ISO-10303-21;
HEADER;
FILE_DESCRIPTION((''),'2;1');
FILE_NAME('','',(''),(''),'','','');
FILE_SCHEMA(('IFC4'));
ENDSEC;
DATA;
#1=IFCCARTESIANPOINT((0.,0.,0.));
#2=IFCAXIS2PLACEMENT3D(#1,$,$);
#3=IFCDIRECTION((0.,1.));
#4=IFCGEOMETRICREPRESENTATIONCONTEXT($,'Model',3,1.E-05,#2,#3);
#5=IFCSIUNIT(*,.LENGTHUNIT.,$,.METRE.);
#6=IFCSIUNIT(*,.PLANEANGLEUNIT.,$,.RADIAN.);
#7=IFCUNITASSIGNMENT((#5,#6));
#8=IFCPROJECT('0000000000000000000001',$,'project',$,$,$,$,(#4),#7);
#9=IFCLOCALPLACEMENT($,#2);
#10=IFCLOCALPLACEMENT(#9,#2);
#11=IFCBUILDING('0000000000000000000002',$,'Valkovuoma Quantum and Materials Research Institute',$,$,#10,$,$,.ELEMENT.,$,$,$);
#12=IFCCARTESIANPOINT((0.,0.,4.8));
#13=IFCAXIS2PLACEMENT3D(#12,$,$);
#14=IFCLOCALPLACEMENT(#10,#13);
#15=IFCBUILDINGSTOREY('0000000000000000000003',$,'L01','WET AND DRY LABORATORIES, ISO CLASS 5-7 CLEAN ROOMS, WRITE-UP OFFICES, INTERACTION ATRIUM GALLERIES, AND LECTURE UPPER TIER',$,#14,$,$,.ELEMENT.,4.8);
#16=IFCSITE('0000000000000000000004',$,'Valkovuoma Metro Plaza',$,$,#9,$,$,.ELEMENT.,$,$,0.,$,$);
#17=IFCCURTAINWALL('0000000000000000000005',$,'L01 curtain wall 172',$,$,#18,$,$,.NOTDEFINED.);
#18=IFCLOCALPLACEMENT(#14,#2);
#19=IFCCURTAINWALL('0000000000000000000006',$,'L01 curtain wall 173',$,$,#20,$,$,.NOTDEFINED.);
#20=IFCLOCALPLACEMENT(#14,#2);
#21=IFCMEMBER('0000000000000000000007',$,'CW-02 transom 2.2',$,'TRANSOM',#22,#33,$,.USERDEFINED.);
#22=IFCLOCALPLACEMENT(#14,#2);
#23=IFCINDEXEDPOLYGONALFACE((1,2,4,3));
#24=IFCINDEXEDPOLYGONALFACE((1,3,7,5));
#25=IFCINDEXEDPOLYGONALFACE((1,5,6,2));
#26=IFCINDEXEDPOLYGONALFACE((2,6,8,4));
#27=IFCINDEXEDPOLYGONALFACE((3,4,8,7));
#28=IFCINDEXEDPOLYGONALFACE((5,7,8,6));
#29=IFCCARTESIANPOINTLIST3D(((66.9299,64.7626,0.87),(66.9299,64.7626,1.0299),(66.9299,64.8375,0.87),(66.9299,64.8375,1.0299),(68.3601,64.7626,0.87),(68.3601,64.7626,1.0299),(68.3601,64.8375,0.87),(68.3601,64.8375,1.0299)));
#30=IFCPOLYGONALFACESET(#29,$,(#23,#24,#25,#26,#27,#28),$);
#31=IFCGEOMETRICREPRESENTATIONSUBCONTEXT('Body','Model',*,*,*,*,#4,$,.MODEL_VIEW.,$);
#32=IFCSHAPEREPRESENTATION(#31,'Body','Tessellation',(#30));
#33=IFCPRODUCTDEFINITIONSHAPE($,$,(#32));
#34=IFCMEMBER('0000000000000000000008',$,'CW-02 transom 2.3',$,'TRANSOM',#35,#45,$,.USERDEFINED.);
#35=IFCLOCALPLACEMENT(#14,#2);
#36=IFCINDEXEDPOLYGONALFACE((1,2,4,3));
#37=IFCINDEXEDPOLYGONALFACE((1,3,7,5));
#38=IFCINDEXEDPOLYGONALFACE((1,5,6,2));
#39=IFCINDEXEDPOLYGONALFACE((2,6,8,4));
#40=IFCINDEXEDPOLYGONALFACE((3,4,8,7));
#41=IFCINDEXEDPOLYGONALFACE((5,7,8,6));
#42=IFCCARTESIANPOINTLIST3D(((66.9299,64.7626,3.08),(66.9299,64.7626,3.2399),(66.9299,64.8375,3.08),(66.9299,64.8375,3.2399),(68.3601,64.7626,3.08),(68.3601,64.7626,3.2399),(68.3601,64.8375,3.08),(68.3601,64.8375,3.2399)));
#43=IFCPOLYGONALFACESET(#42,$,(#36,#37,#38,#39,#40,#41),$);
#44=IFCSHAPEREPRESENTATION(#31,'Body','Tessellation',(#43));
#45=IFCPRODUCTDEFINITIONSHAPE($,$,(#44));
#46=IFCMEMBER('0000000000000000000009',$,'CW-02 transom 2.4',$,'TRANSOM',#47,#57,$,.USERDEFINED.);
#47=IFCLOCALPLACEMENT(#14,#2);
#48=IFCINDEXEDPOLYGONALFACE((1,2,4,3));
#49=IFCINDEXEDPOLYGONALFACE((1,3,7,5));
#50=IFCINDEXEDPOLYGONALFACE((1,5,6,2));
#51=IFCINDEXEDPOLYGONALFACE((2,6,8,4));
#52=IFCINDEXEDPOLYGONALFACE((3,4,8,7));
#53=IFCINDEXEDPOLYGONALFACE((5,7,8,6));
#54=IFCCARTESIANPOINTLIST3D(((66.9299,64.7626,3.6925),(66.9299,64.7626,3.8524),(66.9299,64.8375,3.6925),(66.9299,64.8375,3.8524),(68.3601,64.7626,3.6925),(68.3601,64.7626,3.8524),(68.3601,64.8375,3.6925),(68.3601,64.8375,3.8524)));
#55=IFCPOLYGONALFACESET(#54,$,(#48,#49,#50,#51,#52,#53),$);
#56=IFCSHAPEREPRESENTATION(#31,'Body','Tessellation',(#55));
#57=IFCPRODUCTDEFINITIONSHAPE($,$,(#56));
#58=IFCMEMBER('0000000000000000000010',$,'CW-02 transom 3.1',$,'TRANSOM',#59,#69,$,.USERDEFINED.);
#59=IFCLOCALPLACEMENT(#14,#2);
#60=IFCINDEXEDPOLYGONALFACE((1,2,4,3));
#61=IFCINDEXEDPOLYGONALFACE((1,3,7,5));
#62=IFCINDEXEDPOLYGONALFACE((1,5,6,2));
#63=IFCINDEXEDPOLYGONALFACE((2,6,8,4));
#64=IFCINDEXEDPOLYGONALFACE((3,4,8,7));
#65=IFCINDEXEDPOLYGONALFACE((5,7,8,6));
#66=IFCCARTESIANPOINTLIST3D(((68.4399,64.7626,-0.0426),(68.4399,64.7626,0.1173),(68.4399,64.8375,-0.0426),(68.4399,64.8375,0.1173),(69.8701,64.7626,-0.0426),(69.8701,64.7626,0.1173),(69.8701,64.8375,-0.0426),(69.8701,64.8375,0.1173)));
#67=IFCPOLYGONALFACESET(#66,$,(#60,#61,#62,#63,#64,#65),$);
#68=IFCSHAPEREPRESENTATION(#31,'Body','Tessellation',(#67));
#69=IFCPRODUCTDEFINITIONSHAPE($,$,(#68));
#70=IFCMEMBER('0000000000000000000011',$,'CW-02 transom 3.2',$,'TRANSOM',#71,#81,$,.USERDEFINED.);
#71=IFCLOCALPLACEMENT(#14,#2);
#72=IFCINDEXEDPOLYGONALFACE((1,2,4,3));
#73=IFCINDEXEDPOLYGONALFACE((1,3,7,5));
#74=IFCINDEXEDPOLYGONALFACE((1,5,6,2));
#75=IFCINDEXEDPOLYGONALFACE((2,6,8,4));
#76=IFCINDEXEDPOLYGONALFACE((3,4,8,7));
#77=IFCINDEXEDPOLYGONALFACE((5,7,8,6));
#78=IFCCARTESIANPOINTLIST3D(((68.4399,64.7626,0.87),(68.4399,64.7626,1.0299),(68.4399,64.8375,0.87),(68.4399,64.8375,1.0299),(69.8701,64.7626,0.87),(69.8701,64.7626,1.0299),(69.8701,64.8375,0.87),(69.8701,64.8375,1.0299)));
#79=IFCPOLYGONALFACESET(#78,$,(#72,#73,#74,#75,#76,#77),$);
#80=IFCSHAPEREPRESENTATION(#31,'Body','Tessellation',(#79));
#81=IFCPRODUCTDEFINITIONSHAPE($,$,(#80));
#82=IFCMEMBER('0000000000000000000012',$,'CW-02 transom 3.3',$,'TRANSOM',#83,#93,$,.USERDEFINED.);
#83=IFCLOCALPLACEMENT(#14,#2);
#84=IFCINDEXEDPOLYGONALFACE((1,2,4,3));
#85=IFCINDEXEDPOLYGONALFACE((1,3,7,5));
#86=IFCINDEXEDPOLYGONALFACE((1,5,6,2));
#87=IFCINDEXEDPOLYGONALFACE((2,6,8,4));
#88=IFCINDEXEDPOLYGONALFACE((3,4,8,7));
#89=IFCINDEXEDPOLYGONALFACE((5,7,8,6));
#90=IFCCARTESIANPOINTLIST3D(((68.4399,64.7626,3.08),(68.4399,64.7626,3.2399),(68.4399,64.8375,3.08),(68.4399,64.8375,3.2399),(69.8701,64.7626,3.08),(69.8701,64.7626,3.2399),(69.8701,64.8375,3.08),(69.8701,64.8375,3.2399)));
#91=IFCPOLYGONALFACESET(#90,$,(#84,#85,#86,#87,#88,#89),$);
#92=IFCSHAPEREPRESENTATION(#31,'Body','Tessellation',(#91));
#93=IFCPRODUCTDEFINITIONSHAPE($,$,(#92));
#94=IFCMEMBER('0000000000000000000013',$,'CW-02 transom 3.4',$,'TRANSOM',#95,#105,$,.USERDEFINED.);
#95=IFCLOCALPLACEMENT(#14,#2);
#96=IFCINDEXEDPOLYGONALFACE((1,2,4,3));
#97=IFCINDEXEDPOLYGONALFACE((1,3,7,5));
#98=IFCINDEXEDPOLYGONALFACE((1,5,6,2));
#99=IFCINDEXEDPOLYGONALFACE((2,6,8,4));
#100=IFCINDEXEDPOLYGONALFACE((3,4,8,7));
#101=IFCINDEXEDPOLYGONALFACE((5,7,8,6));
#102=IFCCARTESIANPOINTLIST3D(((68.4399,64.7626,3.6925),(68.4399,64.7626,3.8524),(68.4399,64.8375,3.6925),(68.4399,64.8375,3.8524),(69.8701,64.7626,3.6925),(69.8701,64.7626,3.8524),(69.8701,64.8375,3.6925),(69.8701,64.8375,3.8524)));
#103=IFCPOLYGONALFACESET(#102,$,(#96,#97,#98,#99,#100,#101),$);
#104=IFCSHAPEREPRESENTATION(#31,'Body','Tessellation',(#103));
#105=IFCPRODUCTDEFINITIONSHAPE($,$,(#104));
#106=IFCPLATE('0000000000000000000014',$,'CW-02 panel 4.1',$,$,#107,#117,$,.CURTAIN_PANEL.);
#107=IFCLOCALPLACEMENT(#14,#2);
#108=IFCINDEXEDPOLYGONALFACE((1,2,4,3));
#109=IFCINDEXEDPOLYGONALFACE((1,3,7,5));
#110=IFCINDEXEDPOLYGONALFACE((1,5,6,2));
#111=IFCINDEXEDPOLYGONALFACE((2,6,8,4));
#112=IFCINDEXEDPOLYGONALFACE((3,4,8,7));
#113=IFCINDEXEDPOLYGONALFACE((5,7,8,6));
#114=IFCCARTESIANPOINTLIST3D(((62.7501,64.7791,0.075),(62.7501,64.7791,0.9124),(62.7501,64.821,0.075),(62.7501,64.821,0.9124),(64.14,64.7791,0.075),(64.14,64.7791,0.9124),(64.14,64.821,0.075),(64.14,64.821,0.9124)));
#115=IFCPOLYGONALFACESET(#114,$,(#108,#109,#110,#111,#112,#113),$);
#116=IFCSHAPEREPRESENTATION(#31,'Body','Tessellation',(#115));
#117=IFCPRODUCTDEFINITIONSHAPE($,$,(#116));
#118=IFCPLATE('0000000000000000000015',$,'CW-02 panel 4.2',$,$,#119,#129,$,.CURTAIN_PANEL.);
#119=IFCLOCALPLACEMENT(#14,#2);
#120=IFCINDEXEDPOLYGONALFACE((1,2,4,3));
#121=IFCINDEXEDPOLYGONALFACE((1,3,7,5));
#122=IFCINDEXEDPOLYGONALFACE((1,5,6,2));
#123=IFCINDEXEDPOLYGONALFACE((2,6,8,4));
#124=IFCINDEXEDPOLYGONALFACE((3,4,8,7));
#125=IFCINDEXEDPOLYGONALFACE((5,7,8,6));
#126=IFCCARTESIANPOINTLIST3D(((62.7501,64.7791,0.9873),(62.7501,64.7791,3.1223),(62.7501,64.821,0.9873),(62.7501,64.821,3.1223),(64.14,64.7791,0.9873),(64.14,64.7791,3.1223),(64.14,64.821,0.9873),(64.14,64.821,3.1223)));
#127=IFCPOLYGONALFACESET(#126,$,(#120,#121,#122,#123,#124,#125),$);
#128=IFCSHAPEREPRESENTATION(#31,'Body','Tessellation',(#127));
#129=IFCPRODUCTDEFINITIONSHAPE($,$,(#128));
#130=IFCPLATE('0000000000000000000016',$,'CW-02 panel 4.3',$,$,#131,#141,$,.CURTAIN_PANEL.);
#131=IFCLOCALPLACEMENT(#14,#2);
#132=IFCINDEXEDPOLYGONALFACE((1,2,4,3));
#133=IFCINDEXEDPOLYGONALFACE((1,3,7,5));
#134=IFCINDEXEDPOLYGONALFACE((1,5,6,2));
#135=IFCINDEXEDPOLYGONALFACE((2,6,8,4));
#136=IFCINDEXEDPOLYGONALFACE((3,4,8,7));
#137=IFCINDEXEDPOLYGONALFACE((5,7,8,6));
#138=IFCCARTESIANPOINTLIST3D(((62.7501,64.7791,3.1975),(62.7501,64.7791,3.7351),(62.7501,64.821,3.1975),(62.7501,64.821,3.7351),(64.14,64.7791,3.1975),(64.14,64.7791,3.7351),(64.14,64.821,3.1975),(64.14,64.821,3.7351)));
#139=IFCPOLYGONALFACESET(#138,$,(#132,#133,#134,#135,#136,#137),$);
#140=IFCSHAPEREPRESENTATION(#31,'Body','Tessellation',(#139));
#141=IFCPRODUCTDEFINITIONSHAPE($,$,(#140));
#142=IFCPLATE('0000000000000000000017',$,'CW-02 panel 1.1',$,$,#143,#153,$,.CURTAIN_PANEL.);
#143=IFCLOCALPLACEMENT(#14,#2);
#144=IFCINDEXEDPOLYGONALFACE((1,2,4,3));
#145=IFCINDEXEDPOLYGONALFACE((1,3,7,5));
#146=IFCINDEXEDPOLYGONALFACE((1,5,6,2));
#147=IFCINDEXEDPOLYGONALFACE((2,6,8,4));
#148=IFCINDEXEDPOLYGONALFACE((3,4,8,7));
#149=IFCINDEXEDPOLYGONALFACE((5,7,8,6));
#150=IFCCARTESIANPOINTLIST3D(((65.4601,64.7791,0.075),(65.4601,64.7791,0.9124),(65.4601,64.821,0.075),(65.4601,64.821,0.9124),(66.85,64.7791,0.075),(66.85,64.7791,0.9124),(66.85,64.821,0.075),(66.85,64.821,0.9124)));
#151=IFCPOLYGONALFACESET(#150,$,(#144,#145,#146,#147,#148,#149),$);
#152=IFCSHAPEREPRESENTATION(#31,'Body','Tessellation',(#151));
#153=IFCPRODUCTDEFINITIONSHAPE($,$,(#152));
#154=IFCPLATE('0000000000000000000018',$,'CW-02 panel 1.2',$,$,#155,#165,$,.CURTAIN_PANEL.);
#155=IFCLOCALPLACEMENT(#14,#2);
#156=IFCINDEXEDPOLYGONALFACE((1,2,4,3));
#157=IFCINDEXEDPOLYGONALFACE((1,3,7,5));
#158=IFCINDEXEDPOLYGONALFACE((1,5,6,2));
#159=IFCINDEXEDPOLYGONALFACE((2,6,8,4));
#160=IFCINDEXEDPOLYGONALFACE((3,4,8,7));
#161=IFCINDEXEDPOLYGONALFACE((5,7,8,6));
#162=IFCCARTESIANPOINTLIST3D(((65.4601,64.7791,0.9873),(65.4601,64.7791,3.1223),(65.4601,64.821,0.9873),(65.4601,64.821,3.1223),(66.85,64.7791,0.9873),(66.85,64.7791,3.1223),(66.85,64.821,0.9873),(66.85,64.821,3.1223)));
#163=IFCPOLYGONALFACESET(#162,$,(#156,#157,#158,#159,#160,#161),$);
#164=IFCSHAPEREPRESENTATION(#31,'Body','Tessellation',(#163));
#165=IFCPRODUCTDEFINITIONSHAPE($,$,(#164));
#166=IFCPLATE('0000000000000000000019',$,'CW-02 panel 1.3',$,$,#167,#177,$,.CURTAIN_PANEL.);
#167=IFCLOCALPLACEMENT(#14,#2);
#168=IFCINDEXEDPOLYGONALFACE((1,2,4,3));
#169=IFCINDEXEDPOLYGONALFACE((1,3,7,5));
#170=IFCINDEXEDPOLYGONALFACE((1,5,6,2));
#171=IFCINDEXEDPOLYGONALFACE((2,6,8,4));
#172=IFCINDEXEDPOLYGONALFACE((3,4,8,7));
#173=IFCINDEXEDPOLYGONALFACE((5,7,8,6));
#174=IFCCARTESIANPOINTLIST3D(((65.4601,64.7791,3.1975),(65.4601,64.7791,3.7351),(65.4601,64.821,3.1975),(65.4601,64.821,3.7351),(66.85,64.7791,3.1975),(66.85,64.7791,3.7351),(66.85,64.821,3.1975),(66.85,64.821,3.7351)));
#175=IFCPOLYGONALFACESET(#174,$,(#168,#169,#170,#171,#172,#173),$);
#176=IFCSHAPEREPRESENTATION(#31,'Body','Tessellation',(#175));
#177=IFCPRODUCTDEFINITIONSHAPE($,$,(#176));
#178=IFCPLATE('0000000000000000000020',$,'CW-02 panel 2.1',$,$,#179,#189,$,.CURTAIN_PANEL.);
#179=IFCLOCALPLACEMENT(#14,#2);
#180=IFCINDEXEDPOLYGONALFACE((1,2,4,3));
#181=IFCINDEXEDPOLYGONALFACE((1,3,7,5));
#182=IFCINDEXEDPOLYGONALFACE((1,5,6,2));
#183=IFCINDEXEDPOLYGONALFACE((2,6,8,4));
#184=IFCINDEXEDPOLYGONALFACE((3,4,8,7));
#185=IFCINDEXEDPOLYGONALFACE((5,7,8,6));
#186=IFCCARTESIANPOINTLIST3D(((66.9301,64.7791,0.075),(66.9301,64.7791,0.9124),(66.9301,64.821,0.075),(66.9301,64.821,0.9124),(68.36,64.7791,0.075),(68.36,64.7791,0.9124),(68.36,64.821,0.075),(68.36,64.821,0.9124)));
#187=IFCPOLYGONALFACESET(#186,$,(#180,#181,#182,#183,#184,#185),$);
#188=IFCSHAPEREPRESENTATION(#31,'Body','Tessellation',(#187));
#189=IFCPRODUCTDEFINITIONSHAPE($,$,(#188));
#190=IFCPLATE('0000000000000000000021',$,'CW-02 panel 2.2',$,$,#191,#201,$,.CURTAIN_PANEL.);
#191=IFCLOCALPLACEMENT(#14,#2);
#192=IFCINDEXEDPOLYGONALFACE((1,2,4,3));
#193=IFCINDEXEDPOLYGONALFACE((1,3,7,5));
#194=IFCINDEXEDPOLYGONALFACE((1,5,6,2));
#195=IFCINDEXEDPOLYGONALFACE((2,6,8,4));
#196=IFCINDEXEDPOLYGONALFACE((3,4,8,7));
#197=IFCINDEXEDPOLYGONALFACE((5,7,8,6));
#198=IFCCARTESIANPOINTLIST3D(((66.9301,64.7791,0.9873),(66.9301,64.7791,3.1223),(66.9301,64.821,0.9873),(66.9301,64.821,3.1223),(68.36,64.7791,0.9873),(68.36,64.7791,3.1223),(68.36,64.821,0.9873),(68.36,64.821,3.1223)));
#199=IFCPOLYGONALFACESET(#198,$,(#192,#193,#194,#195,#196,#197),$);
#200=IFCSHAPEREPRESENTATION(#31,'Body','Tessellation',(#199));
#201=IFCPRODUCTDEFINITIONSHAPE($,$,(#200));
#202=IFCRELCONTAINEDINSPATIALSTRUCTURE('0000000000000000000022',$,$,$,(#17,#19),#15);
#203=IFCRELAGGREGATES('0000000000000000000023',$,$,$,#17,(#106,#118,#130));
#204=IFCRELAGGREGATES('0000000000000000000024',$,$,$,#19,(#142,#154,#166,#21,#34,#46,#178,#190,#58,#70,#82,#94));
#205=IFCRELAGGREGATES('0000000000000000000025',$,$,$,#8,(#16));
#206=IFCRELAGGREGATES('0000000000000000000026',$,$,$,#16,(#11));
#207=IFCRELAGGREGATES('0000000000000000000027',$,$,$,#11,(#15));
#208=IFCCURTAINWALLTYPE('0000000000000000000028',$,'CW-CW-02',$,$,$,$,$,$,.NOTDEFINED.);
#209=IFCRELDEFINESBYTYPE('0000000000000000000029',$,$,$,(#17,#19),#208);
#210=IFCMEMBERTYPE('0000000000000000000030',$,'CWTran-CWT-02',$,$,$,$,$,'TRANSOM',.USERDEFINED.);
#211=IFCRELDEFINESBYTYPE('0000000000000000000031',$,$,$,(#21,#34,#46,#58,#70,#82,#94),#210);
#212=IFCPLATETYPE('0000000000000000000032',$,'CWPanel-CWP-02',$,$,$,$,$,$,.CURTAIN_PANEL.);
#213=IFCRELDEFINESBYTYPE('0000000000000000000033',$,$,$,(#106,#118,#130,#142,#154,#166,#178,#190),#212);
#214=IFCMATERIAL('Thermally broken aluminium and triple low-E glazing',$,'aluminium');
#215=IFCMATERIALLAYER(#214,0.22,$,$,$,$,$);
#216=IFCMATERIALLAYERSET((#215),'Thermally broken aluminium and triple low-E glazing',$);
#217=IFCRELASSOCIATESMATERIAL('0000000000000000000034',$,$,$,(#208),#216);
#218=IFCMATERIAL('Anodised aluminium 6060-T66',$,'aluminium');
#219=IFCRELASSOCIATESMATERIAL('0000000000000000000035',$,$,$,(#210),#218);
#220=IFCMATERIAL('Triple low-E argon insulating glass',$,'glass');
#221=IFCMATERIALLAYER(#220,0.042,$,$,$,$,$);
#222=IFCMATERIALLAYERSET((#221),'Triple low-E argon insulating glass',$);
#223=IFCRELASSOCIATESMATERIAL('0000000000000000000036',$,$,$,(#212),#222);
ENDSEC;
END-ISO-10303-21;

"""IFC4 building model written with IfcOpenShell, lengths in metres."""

from ifc_helpers import new_model, si_unit, direction, frame, origin, origin_2d, place, context, subcontext, project, spatial, rectangle, extrude, material, layer, layer_set, material_profile, profile_set, type_object, element, aggregate, save


model = new_model("IFC4")

# Units and contexts
model_context = context("Model", 3, precision=1e-05, world=origin(), true_north=direction((0.0, 1.0)))
body_context = subcontext(model_context, "Body", "Model", "MODEL_VIEW")
ifc_project = project(units=[si_unit("LENGTHUNIT", "METRE"), si_unit("PLANEANGLEUNIT", "RADIAN")], contexts=[model_context])

# Site, building, storey
site_placement = place(None, origin())
site = spatial("IfcSite", under=ifc_project, at=site_placement, Name="Valkovuoma Metro Plaza", CompositionType="ELEMENT", RefElevation=0.0)
building_placement = place(site_placement, origin())
building = spatial("IfcBuilding", under=site, at=building_placement, Name="Valkovuoma Quantum and Materials Research Institute", CompositionType="ELEMENT")
storey_placement = place(building_placement, frame((0.0, 0.0, 4.8)))
storey = spatial("IfcBuildingStorey", under=building, at=storey_placement, Name="L01", Description="WET AND DRY LABORATORIES, ISO CLASS 5-7 CLEAN ROOMS, WRITE-UP OFFICES, INTERACTION ATRIUM GALLERIES, AND LECTURE UPPER TIER", CompositionType="ELEMENT", Elevation=4.8)

# Curtain wall
ifc_material_1 = material(Name="Thermally broken aluminium and triple low-E glazing", Category="aluminium")
ifc_layer_1 = layer(ifc_material_1, 0.22)
ifc_layer_set_1 = layer_set([ifc_layer_1], Name="Thermally broken aluminium and triple low-E glazing")
curtain_wall_type = type_object("IfcCurtainWallType", Name="CW-CW-02", PredefinedType="NOTDEFINED", material=ifc_layer_set_1)
curtain_wall_1_placement = place(storey_placement, origin())
curtain_wall_1 = element("IfcCurtainWall", 1, at=curtain_wall_1_placement, inside=storey, type_object=curtain_wall_type, Name="L01 curtain wall 172", PredefinedType="NOTDEFINED")

# Curtain wall
curtain_wall_2_placement = place(storey_placement, origin())
curtain_wall_2 = element("IfcCurtainWall", 2, at=curtain_wall_2_placement, inside=storey, type_object=curtain_wall_type, Name="L01 curtain wall 173", PredefinedType="NOTDEFINED")

# Members
ifc_material_2 = material(Name="Anodised aluminium 6060-T66", Category="aluminium")
ifc_material_profile_1 = material_profile(ifc_material_2, rectangle(XDim=0.075, YDim=0.1599, at=origin_2d()), Name="Anodised aluminium 6060-T66")
ifc_profile_set_1 = profile_set([ifc_material_profile_1], Name="Anodised aluminium 6060-T66")
member_type_1 = type_object("IfcMemberType", Name="CWTran-CWT-02", ElementType="TRANSOM", PredefinedType="USERDEFINED", material=ifc_profile_set_1)
member_1_placement = place(storey_placement, frame((66.9299, 64.8, 0.95), z_axis=(1.0, 0.0, 0.0), x_axis=(0.0, 1.0, 0.0)))
member_1 = element("IfcMember", 3, at=member_1_placement, type_object=member_type_1, Name="CW-02 transom 2.2", ObjectType="TRANSOM", PredefinedType="USERDEFINED", context=body_context, shape_type="SweptSolid", body=[
    extrude(rectangle(XDim=0.075, YDim=0.1599, at=origin_2d()), origin(), (0.0, 0.0, 1.0), 1.4302),
])
member_2_placement = place(storey_placement, frame((66.9299, 64.8, 3.1599), z_axis=(1.0, 0.0, 0.0), x_axis=(0.0, 1.0, 0.0)))
member_2 = element("IfcMember", 4, at=member_2_placement, type_object=member_type_1, Name="CW-02 transom 2.3", ObjectType="TRANSOM", PredefinedType="USERDEFINED", context=body_context, shape_type="SweptSolid", body=[
    extrude(rectangle(XDim=0.075, YDim=0.1599, at=origin_2d()), origin(), (0.0, 0.0, 1.0), 1.4302),
])
member_3_placement = place(storey_placement, frame((66.9299, 64.8, 3.7725), z_axis=(1.0, 0.0, 0.0), x_axis=(0.0, 1.0, 0.0)))
member_3 = element("IfcMember", 5, at=member_3_placement, type_object=member_type_1, Name="CW-02 transom 2.4", ObjectType="TRANSOM", PredefinedType="USERDEFINED", context=body_context, shape_type="SweptSolid", body=[
    extrude(rectangle(XDim=0.075, YDim=0.1599, at=origin_2d()), origin(), (0.0, 0.0, 1.0), 1.4302),
])
member_4_placement = place(storey_placement, frame((68.4399, 64.8, 0.0374), z_axis=(1.0, 0.0, 0.0), x_axis=(0.0, 1.0, 0.0)))
member_4 = element("IfcMember", 6, at=member_4_placement, type_object=member_type_1, Name="CW-02 transom 3.1", ObjectType="TRANSOM", PredefinedType="USERDEFINED", context=body_context, shape_type="SweptSolid", body=[
    extrude(rectangle(XDim=0.075, YDim=0.1599, at=origin_2d()), origin(), (0.0, 0.0, 1.0), 1.4302),
])
member_5_placement = place(storey_placement, frame((68.4399, 64.8, 0.95), z_axis=(1.0, 0.0, 0.0), x_axis=(0.0, 1.0, 0.0)))
member_5 = element("IfcMember", 7, at=member_5_placement, type_object=member_type_1, Name="CW-02 transom 3.2", ObjectType="TRANSOM", PredefinedType="USERDEFINED", context=body_context, shape_type="SweptSolid", body=[
    extrude(rectangle(XDim=0.075, YDim=0.1599, at=origin_2d()), origin(), (0.0, 0.0, 1.0), 1.4302),
])
member_6_placement = place(storey_placement, frame((68.4399, 64.8, 3.1599), z_axis=(1.0, 0.0, 0.0), x_axis=(0.0, 1.0, 0.0)))
member_6 = element("IfcMember", 8, at=member_6_placement, type_object=member_type_1, Name="CW-02 transom 3.3", ObjectType="TRANSOM", PredefinedType="USERDEFINED", context=body_context, shape_type="SweptSolid", body=[
    extrude(rectangle(XDim=0.075, YDim=0.1599, at=origin_2d()), origin(), (0.0, 0.0, 1.0), 1.4302),
])
member_7_placement = place(storey_placement, frame((68.4399, 64.8, 3.7725), z_axis=(1.0, 0.0, 0.0), x_axis=(0.0, 1.0, 0.0)))
member_7 = element("IfcMember", 9, at=member_7_placement, type_object=member_type_1, Name="CW-02 transom 3.4", ObjectType="TRANSOM", PredefinedType="USERDEFINED", context=body_context, shape_type="SweptSolid", body=[
    extrude(rectangle(XDim=0.075, YDim=0.1599, at=origin_2d()), origin(), (0.0, 0.0, 1.0), 1.4302),
])

# Plates
ifc_material_3 = material(Name="Triple low-E argon insulating glass", Category="glass")
ifc_layer_2 = layer(ifc_material_3, 0.042)
ifc_layer_set_2 = layer_set([ifc_layer_2], Name="Triple low-E argon insulating glass")
plate_type = type_object("IfcPlateType", Name="CWPanel-CWP-02", PredefinedType="CURTAIN_PANEL", material=ifc_layer_set_2)
plate_1_placement = place(storey_placement, frame((63.4451, 64.8, 0.075), z_axis=(0.0, 0.0, 1.0), x_axis=(1.0, 0.0, 0.0)))
plate_1 = element("IfcPlate", 10, at=plate_1_placement, type_object=plate_type, Name="CW-02 panel 4.1", PredefinedType="CURTAIN_PANEL", context=body_context, shape_type="SweptSolid", body=[
    extrude(rectangle(XDim=1.3899, YDim=0.042, at=origin_2d()), origin(), (0.0, 0.0, 1.0), 0.8374),
])
plate_2_placement = place(storey_placement, frame((63.4451, 64.8, 0.9873), z_axis=(0.0, 0.0, 1.0), x_axis=(1.0, 0.0, 0.0)))
plate_2 = element("IfcPlate", 11, at=plate_2_placement, type_object=plate_type, Name="CW-02 panel 4.2", PredefinedType="CURTAIN_PANEL", context=body_context, shape_type="SweptSolid", body=[
    extrude(rectangle(XDim=1.3899, YDim=0.042, at=origin_2d()), origin(), (0.0, 0.0, 1.0), 2.135),
])
plate_3_placement = place(storey_placement, frame((63.4451, 64.8, 3.1975), z_axis=(0.0, 0.0, 1.0), x_axis=(1.0, 0.0, 0.0)))
plate_3 = element("IfcPlate", 12, at=plate_3_placement, type_object=plate_type, Name="CW-02 panel 4.3", PredefinedType="CURTAIN_PANEL", context=body_context, shape_type="SweptSolid", body=[
    extrude(rectangle(XDim=1.3899, YDim=0.042, at=origin_2d()), origin(), (0.0, 0.0, 1.0), 0.5376),
])
aggregate(curtain_wall_1, [plate_1, plate_2, plate_3])
plate_4_placement = place(storey_placement, frame((66.155, 64.8, 0.075), z_axis=(0.0, 0.0, 1.0), x_axis=(1.0, 0.0, 0.0)))
plate_4 = element("IfcPlate", 13, at=plate_4_placement, type_object=plate_type, Name="CW-02 panel 1.1", PredefinedType="CURTAIN_PANEL", context=body_context, shape_type="SweptSolid", body=[
    extrude(rectangle(XDim=1.3899, YDim=0.042, at=origin_2d()), origin(), (0.0, 0.0, 1.0), 0.8374),
])
plate_5_placement = place(storey_placement, frame((66.155, 64.8, 0.9873), z_axis=(0.0, 0.0, 1.0), x_axis=(1.0, 0.0, 0.0)))
plate_5 = element("IfcPlate", 14, at=plate_5_placement, type_object=plate_type, Name="CW-02 panel 1.2", PredefinedType="CURTAIN_PANEL", context=body_context, shape_type="SweptSolid", body=[
    extrude(rectangle(XDim=1.3899, YDim=0.042, at=origin_2d()), origin(), (0.0, 0.0, 1.0), 2.135),
])
plate_6_placement = place(storey_placement, frame((66.155, 64.8, 3.1975), z_axis=(0.0, 0.0, 1.0), x_axis=(1.0, 0.0, 0.0)))
plate_6 = element("IfcPlate", 15, at=plate_6_placement, type_object=plate_type, Name="CW-02 panel 1.3", PredefinedType="CURTAIN_PANEL", context=body_context, shape_type="SweptSolid", body=[
    extrude(rectangle(XDim=1.3899, YDim=0.042, at=origin_2d()), origin(), (0.0, 0.0, 1.0), 0.5376),
])
plate_7_placement = place(storey_placement, frame((67.645, 64.8, 0.075), z_axis=(0.0, 0.0, 1.0), x_axis=(1.0, 0.0, 0.0)))
plate_7 = element("IfcPlate", 16, at=plate_7_placement, type_object=plate_type, Name="CW-02 panel 2.1", PredefinedType="CURTAIN_PANEL", context=body_context, shape_type="SweptSolid", body=[
    extrude(rectangle(XDim=1.4299, YDim=0.042, at=origin_2d()), origin(), (0.0, 0.0, 1.0), 0.8374),
])
plate_8_placement = place(storey_placement, frame((67.645, 64.8, 0.9873), z_axis=(0.0, 0.0, 1.0), x_axis=(1.0, 0.0, 0.0)))
plate_8 = element("IfcPlate", 17, at=plate_8_placement, type_object=plate_type, Name="CW-02 panel 2.2", PredefinedType="CURTAIN_PANEL", context=body_context, shape_type="SweptSolid", body=[
    extrude(rectangle(XDim=1.4299, YDim=0.042, at=origin_2d()), origin(), (0.0, 0.0, 1.0), 2.135),
])
aggregate(curtain_wall_2, [plate_4, plate_5, plate_6, member_1, member_2, member_3, plate_7, plate_8, member_4, member_5, member_6, member_7])

save(model, "model.ifc")
